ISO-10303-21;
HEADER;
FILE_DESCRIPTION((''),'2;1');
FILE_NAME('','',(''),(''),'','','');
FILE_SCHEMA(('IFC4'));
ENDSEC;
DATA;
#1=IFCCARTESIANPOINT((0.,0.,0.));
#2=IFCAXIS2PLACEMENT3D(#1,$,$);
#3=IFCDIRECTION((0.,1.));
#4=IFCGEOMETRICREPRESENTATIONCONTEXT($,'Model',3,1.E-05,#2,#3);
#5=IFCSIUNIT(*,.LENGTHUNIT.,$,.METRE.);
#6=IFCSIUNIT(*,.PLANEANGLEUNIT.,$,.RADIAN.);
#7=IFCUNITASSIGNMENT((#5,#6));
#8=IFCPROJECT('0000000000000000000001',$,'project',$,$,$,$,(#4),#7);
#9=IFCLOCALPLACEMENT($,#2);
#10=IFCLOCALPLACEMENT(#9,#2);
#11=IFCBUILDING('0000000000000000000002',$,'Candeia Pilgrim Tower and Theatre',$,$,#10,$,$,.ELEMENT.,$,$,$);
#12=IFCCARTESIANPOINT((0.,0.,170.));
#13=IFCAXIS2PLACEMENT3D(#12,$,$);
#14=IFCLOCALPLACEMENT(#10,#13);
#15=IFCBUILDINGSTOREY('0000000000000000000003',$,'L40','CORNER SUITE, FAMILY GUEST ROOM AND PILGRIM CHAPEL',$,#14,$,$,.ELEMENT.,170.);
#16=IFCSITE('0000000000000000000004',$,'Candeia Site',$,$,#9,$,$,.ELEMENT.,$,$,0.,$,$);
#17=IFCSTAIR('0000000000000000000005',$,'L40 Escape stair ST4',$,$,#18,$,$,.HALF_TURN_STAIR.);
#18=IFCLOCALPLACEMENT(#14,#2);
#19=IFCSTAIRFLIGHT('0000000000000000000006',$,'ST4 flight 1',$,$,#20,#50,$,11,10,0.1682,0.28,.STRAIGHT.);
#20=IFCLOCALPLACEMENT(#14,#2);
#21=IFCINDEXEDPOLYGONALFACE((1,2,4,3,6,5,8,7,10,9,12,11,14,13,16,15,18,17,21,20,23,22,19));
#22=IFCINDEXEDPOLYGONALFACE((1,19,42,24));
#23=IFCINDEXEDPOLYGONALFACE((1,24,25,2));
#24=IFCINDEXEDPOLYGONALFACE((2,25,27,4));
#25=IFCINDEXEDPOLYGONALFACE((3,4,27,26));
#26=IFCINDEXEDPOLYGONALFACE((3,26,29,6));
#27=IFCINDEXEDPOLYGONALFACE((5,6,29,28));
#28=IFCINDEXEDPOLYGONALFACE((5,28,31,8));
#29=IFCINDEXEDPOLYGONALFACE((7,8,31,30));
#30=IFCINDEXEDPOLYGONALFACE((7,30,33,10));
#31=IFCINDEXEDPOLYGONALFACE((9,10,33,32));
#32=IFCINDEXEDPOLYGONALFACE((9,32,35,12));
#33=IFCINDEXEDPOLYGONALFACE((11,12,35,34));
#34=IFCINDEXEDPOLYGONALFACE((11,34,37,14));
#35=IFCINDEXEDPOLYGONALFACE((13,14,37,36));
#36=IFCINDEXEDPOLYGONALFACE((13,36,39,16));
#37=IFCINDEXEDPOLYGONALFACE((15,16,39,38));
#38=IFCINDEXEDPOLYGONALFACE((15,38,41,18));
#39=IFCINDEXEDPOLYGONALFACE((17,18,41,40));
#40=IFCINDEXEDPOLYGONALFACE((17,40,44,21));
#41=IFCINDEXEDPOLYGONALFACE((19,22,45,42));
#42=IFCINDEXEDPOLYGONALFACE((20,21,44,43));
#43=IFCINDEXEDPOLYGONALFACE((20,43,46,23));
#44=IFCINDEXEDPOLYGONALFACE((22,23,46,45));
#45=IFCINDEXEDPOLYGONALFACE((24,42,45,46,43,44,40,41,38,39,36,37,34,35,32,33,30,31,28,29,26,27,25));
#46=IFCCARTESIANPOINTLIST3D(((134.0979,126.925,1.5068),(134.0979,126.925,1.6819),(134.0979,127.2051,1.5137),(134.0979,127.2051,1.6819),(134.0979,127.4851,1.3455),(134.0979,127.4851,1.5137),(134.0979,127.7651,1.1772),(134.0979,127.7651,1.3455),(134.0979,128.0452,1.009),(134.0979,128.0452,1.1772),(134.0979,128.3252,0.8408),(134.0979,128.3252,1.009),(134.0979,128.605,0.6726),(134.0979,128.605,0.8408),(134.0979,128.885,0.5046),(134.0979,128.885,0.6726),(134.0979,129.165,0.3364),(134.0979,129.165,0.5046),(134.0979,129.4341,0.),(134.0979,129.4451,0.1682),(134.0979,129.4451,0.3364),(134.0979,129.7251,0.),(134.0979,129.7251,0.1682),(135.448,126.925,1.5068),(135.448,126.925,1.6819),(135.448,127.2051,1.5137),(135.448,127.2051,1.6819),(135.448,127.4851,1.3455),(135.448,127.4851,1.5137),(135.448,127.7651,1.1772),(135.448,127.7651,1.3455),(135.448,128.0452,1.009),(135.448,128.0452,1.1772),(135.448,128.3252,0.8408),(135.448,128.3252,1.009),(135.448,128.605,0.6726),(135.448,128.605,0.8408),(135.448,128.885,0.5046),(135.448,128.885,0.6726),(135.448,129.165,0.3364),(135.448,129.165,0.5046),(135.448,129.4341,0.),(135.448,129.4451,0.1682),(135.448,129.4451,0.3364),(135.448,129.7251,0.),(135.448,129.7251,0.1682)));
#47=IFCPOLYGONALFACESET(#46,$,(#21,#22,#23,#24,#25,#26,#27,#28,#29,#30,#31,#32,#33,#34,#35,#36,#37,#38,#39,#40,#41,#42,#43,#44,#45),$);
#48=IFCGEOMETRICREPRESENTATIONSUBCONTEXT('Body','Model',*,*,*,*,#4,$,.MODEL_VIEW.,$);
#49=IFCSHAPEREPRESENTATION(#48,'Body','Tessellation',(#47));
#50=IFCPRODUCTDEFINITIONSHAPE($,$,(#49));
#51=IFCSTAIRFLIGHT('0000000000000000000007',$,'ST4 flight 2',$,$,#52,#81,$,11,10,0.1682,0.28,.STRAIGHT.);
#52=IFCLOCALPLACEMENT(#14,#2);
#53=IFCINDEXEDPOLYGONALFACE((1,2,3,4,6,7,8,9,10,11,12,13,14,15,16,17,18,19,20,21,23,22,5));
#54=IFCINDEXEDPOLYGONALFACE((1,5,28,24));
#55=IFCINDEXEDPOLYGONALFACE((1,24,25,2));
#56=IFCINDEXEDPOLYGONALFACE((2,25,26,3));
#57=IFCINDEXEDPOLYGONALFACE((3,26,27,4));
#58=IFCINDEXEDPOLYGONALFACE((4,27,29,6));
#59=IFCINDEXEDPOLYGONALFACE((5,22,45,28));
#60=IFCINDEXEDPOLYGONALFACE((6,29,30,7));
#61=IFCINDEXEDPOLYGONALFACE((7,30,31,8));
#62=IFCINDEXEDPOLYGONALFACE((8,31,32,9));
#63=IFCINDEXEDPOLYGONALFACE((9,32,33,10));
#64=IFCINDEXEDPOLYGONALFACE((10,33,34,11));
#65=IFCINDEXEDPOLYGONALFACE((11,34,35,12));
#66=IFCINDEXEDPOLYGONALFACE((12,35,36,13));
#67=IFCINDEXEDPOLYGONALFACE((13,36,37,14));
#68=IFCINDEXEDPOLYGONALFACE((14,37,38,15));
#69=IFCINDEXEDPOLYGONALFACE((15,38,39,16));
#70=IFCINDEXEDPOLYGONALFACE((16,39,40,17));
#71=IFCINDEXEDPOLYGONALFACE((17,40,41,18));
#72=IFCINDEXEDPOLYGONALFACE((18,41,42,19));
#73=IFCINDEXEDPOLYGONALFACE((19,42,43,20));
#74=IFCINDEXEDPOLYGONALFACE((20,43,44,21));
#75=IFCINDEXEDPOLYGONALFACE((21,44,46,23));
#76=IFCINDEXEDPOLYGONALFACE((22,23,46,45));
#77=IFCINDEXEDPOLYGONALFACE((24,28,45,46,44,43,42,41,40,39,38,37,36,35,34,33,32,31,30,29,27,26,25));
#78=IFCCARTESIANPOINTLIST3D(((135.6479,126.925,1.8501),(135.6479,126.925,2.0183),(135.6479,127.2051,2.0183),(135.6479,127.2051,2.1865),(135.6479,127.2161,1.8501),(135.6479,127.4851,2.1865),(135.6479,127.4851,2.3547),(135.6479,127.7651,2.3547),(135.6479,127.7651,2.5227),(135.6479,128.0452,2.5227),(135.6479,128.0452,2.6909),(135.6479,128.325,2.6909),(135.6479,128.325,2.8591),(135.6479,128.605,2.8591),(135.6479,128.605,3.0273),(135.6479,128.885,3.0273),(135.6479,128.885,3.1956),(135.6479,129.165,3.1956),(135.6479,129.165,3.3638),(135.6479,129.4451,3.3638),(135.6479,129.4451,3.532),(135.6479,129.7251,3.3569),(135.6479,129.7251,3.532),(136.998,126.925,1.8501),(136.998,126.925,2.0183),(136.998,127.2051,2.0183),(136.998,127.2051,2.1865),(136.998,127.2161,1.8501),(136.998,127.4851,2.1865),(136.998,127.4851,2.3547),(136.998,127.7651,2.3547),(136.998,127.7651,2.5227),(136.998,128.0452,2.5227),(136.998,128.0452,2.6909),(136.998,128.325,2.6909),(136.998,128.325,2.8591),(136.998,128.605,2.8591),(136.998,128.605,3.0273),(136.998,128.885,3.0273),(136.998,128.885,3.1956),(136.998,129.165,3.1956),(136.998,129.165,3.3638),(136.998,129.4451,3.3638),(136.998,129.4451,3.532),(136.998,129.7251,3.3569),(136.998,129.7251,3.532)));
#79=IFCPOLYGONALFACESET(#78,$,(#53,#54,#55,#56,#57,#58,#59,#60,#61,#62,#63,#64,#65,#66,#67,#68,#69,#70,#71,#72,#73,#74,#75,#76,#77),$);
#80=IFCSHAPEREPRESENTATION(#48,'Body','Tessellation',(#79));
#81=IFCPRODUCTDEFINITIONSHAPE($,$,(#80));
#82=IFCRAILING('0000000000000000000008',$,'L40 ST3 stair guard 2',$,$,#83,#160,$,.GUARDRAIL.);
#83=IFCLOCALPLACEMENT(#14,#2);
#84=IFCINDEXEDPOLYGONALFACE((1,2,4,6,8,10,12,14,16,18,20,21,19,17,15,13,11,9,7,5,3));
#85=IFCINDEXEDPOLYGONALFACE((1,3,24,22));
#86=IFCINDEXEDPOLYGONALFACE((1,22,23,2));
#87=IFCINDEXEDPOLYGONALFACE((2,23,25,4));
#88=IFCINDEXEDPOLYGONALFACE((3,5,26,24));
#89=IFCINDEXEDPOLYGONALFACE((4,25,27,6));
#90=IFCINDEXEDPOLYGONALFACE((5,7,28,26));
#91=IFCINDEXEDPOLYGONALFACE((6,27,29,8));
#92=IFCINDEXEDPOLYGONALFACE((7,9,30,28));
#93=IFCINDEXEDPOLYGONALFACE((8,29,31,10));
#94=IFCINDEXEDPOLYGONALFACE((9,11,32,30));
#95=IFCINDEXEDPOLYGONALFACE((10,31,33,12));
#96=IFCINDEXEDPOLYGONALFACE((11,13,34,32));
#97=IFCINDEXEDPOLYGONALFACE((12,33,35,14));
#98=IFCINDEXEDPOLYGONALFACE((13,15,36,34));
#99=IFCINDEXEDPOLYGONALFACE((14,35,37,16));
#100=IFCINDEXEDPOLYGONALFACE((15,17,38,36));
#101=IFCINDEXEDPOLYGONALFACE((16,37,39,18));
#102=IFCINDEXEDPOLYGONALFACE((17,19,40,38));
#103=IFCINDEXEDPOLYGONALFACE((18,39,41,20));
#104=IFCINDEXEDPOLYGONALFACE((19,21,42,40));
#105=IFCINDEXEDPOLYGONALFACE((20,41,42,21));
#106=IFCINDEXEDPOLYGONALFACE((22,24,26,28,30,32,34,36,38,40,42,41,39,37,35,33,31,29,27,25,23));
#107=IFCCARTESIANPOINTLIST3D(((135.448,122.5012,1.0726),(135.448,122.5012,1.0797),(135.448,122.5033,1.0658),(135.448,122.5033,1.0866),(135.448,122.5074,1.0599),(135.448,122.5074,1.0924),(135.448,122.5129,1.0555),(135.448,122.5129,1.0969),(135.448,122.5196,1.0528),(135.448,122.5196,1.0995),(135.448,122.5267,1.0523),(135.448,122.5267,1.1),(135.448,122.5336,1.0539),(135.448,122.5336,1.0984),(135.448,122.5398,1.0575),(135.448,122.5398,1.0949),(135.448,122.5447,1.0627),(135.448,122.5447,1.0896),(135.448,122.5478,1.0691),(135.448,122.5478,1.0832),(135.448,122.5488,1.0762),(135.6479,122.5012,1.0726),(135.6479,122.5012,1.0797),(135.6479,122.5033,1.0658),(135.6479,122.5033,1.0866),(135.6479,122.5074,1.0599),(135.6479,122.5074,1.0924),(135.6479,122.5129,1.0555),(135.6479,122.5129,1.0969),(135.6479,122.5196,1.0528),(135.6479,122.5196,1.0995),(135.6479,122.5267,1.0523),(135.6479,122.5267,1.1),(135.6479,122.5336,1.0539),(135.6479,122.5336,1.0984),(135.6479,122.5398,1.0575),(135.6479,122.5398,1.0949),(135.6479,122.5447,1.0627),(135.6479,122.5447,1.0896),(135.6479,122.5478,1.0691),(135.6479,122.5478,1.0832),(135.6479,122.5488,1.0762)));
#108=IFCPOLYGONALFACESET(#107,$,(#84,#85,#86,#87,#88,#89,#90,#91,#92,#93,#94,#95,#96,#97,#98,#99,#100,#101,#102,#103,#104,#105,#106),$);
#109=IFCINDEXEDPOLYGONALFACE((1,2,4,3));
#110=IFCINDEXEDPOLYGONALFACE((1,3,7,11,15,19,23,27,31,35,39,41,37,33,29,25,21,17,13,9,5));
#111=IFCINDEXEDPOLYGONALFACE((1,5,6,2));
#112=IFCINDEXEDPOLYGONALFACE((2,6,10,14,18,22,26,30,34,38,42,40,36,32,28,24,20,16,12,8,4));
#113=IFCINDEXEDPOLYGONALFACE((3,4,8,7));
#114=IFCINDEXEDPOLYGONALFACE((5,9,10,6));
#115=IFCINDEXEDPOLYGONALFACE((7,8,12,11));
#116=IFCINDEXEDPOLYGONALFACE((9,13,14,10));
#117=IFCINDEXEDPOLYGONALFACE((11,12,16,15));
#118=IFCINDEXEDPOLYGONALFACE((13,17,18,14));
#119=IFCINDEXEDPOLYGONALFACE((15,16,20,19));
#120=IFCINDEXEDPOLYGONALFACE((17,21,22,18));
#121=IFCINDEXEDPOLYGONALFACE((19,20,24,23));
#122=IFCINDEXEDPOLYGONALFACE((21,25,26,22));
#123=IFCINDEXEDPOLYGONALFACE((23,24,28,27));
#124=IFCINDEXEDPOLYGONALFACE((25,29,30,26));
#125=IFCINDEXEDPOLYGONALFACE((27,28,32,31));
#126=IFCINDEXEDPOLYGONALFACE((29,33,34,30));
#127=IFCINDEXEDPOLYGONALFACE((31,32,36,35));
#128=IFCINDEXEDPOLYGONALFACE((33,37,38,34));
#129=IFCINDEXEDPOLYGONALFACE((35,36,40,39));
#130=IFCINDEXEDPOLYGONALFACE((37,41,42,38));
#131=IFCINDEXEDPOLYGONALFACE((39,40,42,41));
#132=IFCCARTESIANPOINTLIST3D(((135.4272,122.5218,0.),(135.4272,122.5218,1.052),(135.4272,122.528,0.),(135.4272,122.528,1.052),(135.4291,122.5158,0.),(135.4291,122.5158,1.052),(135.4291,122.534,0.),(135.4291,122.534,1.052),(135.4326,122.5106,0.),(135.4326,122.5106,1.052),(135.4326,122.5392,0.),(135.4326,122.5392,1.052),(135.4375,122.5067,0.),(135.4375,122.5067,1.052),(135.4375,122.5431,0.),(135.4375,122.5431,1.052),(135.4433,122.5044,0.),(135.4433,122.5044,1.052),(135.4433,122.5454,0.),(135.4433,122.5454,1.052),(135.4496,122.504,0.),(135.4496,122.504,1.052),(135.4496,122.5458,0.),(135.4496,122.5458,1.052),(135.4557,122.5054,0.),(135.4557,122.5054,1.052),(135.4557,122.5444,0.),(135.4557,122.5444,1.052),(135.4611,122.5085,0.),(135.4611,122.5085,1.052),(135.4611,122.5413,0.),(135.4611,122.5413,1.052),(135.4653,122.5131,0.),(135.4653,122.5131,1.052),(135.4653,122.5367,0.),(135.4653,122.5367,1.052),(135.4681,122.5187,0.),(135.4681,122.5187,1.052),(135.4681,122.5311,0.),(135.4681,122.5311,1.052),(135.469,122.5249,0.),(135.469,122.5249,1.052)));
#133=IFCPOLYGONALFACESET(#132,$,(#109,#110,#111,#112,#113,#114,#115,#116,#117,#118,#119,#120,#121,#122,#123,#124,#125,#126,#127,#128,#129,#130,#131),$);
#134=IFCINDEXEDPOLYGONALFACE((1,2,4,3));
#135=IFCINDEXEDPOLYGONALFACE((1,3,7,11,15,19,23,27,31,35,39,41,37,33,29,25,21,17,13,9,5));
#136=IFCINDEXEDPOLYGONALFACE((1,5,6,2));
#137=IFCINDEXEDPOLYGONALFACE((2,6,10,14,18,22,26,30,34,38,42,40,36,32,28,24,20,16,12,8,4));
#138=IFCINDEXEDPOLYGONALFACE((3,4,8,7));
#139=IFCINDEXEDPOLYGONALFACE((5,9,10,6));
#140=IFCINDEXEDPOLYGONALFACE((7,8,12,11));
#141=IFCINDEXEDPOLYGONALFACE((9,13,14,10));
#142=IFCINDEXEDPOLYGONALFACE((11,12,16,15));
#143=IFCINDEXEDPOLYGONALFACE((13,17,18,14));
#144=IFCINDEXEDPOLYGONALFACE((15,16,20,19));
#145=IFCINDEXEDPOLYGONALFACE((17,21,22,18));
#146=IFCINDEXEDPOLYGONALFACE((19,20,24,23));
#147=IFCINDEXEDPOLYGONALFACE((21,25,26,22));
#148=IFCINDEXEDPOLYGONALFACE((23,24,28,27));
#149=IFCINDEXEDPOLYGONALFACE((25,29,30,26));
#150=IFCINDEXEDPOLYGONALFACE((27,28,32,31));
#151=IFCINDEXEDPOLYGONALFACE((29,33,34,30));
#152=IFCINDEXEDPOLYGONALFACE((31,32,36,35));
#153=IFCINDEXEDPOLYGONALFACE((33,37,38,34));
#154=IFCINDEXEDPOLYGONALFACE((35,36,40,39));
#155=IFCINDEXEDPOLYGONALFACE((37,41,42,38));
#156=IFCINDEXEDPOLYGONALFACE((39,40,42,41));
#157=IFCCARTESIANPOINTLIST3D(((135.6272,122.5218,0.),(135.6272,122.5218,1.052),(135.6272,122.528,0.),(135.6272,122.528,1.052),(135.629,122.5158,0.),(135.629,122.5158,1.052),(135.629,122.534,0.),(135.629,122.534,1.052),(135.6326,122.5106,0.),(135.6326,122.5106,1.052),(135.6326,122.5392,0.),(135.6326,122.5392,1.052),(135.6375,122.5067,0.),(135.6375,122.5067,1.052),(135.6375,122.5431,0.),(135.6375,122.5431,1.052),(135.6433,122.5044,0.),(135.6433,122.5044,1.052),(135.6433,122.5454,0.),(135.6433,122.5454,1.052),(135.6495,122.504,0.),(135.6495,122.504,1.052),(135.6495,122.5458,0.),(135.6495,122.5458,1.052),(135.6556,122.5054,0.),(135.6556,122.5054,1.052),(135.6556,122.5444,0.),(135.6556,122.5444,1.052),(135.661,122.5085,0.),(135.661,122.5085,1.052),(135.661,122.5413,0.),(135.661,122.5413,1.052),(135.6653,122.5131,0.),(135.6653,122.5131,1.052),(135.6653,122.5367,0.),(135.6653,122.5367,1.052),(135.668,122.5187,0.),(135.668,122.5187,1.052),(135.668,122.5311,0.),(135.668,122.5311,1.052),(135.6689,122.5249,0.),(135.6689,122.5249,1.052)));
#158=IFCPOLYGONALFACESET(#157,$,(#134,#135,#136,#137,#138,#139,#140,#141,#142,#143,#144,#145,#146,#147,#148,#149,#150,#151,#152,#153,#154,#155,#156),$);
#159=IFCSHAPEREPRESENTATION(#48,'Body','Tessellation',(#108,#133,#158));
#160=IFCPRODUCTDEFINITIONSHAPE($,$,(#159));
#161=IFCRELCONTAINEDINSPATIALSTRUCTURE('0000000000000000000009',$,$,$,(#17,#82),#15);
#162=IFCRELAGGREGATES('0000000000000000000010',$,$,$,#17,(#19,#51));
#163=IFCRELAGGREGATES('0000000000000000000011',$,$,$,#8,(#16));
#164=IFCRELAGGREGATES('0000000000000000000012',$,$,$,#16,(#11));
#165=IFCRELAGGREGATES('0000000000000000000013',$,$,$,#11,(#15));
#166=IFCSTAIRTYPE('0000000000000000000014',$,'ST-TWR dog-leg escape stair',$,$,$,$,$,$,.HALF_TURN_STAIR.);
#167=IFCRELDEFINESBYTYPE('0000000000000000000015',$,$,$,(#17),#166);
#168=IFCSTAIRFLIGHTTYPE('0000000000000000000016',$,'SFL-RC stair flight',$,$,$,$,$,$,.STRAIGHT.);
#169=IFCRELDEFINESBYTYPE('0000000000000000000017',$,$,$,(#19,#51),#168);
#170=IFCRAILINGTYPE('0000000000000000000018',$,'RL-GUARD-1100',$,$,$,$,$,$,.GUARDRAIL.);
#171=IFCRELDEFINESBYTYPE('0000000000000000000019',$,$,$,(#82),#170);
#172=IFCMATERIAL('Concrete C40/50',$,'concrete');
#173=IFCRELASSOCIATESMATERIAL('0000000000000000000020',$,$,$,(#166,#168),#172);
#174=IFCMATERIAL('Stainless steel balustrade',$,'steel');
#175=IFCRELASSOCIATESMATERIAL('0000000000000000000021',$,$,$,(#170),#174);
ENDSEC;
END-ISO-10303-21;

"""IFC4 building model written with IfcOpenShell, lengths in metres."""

from ifc_helpers import new_model, si_unit, direction, frame, origin, origin_2d, place, context, subcontext, project, spatial, polyline, circle, outline, extrude, material, type_object, element, aggregate, save


model = new_model("IFC4")

# Units and contexts
model_context = context("Model", 3, precision=1e-05, world=origin(), true_north=direction((0.0, 1.0)))
body_context = subcontext(model_context, "Body", "Model", "MODEL_VIEW")
ifc_project = project(units=[si_unit("LENGTHUNIT", "METRE"), si_unit("PLANEANGLEUNIT", "RADIAN")], contexts=[model_context])

# Site, building, storey
site_placement = place(None, origin())
site = spatial("IfcSite", under=ifc_project, at=site_placement, Name="Candeia Site", CompositionType="ELEMENT", RefElevation=0.0)
building_placement = place(site_placement, origin())
building = spatial("IfcBuilding", under=site, at=building_placement, Name="Candeia Pilgrim Tower and Theatre", CompositionType="ELEMENT")
storey_placement = place(building_placement, frame((0.0, 0.0, 170.0)))
storey = spatial("IfcBuildingStorey", under=building, at=storey_placement, Name="L40", Description="CORNER SUITE, FAMILY GUEST ROOM AND PILGRIM CHAPEL", CompositionType="ELEMENT", Elevation=170.0)

# Shared definitions
ifc_material_1 = material(Name="Concrete C40/50", Category="concrete")

# Stair, stair flights
stair_type = type_object("IfcStairType", Name="ST-TWR dog-leg escape stair", PredefinedType="HALF_TURN_STAIR", material=ifc_material_1)
stair_flight_type = type_object("IfcStairFlightType", Name="SFL-RC stair flight", PredefinedType="STRAIGHT", material=ifc_material_1)
stair_1_placement = place(storey_placement, origin())
stair_1 = element("IfcStair", 1, at=stair_1_placement, inside=storey, type_object=stair_type, Name="L40 Escape stair ST4", PredefinedType="HALF_TURN_STAIR")
stair_flight_1_placement = place(storey_placement, frame((134.7729, 129.7251, 0.0), z_axis=(0.0, 0.0, 1.0), x_axis=(0.0, -1.0, 0.0)))
stair_flight_1 = element("IfcStairFlight", 2, at=stair_flight_1_placement, type_object=stair_flight_type, Name="ST4 flight 1", NumberOfRisers=11, NumberOfTreads=10, PredefinedType="STRAIGHT", RiserHeight=0.1682, TreadLength=0.28, context=body_context, shape_type="SweptSolid", body=[
    extrude(outline(polyline([(0.0, 0.0), (0.0, 0.1682), (0.28, 0.1682), (0.28, 0.3364), (0.5601, 0.3364), (0.5601, 0.5046), (0.8401, 0.5046), (0.8401, 0.6726), (1.1201, 0.6726), (1.1201, 0.8408), (1.3999, 0.8408), (1.3999, 1.009), (1.6799, 1.009), (1.6799, 1.1772), (1.96, 1.1772), (1.96, 1.3455), (2.24, 1.3455), (2.24, 1.5137), (2.52, 1.5137), (2.52, 1.6819), (2.8, 1.6819), (2.8, 1.8501), (2.8, 1.5068), (0.291, 0.0), (0.0, 0.0)])), frame((0.0, 0.675, 0.0), z_axis=(0.0, -1.0, 0.0), x_axis=(1.0, 0.0, 0.0)), (0.0, 0.0, 1.0), 1.3501),
])
stair_flight_2_placement = place(storey_placement, frame((136.323, 126.925, 1.8501), z_axis=(0.0, 0.0, 1.0), x_axis=(0.0, 1.0, 0.0)))
stair_flight_2 = element("IfcStairFlight", 3, at=stair_flight_2_placement, type_object=stair_flight_type, Name="ST4 flight 2", NumberOfRisers=11, NumberOfTreads=10, PredefinedType="STRAIGHT", RiserHeight=0.1682, TreadLength=0.28, context=body_context, shape_type="SweptSolid", body=[
    extrude(outline(polyline([(0.0, 0.0), (0.0, 0.1682), (0.28, 0.1682), (0.28, 0.3364), (0.5601, 0.3364), (0.5601, 0.5046), (0.8401, 0.5046), (0.8401, 0.6726), (1.1201, 0.6726), (1.1201, 0.8408), (1.3999, 0.8408), (1.3999, 1.009), (1.6799, 1.009), (1.6799, 1.1772), (1.96, 1.1772), (1.96, 1.3455), (2.24, 1.3455), (2.24, 1.5137), (2.52, 1.5137), (2.52, 1.6819), (2.8, 1.6819), (2.8, 1.8501), (2.8, 1.5068), (0.291, 0.0), (0.0, 0.0)])), frame((0.0, 0.675, 0.0), z_axis=(0.0, -1.0, 0.0), x_axis=(1.0, 0.0, 0.0)), (0.0, 0.0, 1.0), 1.3501),
])
aggregate(stair_1, [stair_flight_1, stair_flight_2])

# Railing
ifc_material_2 = material(Name="Stainless steel balustrade", Category="steel")
railing_type_1 = type_object("IfcRailingType", Name="RL-GUARD-1100", PredefinedType="GUARDRAIL", material=ifc_material_2)
railing_1_placement = place(storey_placement, frame((135.448, 122.5249, 0.0)))
element("IfcRailing", 4, at=railing_1_placement, inside=storey, type_object=railing_type_1, Name="L40 ST3 stair guard 2", PredefinedType="GUARDRAIL", context=body_context, shape_type="SweptSolid", body=[
    extrude(circle(Radius=0.0239, at=origin_2d()), frame((0.0, 0.0, 1.0762), z_axis=(1.0, 0.0, 0.0), x_axis=(0.0, 1.0, 0.0)), (0.0, 0.0, 1.0), 0.2),
    extrude(circle(Radius=0.021, at=origin_2d()), origin(), (0.0, 0.0, 1.0), 1.052),
    extrude(circle(Radius=0.021, at=origin_2d()), frame((0.2, 0.0, 0.0)), (0.0, 0.0, 1.0), 1.052),
])

save(model, "model.ifc")
